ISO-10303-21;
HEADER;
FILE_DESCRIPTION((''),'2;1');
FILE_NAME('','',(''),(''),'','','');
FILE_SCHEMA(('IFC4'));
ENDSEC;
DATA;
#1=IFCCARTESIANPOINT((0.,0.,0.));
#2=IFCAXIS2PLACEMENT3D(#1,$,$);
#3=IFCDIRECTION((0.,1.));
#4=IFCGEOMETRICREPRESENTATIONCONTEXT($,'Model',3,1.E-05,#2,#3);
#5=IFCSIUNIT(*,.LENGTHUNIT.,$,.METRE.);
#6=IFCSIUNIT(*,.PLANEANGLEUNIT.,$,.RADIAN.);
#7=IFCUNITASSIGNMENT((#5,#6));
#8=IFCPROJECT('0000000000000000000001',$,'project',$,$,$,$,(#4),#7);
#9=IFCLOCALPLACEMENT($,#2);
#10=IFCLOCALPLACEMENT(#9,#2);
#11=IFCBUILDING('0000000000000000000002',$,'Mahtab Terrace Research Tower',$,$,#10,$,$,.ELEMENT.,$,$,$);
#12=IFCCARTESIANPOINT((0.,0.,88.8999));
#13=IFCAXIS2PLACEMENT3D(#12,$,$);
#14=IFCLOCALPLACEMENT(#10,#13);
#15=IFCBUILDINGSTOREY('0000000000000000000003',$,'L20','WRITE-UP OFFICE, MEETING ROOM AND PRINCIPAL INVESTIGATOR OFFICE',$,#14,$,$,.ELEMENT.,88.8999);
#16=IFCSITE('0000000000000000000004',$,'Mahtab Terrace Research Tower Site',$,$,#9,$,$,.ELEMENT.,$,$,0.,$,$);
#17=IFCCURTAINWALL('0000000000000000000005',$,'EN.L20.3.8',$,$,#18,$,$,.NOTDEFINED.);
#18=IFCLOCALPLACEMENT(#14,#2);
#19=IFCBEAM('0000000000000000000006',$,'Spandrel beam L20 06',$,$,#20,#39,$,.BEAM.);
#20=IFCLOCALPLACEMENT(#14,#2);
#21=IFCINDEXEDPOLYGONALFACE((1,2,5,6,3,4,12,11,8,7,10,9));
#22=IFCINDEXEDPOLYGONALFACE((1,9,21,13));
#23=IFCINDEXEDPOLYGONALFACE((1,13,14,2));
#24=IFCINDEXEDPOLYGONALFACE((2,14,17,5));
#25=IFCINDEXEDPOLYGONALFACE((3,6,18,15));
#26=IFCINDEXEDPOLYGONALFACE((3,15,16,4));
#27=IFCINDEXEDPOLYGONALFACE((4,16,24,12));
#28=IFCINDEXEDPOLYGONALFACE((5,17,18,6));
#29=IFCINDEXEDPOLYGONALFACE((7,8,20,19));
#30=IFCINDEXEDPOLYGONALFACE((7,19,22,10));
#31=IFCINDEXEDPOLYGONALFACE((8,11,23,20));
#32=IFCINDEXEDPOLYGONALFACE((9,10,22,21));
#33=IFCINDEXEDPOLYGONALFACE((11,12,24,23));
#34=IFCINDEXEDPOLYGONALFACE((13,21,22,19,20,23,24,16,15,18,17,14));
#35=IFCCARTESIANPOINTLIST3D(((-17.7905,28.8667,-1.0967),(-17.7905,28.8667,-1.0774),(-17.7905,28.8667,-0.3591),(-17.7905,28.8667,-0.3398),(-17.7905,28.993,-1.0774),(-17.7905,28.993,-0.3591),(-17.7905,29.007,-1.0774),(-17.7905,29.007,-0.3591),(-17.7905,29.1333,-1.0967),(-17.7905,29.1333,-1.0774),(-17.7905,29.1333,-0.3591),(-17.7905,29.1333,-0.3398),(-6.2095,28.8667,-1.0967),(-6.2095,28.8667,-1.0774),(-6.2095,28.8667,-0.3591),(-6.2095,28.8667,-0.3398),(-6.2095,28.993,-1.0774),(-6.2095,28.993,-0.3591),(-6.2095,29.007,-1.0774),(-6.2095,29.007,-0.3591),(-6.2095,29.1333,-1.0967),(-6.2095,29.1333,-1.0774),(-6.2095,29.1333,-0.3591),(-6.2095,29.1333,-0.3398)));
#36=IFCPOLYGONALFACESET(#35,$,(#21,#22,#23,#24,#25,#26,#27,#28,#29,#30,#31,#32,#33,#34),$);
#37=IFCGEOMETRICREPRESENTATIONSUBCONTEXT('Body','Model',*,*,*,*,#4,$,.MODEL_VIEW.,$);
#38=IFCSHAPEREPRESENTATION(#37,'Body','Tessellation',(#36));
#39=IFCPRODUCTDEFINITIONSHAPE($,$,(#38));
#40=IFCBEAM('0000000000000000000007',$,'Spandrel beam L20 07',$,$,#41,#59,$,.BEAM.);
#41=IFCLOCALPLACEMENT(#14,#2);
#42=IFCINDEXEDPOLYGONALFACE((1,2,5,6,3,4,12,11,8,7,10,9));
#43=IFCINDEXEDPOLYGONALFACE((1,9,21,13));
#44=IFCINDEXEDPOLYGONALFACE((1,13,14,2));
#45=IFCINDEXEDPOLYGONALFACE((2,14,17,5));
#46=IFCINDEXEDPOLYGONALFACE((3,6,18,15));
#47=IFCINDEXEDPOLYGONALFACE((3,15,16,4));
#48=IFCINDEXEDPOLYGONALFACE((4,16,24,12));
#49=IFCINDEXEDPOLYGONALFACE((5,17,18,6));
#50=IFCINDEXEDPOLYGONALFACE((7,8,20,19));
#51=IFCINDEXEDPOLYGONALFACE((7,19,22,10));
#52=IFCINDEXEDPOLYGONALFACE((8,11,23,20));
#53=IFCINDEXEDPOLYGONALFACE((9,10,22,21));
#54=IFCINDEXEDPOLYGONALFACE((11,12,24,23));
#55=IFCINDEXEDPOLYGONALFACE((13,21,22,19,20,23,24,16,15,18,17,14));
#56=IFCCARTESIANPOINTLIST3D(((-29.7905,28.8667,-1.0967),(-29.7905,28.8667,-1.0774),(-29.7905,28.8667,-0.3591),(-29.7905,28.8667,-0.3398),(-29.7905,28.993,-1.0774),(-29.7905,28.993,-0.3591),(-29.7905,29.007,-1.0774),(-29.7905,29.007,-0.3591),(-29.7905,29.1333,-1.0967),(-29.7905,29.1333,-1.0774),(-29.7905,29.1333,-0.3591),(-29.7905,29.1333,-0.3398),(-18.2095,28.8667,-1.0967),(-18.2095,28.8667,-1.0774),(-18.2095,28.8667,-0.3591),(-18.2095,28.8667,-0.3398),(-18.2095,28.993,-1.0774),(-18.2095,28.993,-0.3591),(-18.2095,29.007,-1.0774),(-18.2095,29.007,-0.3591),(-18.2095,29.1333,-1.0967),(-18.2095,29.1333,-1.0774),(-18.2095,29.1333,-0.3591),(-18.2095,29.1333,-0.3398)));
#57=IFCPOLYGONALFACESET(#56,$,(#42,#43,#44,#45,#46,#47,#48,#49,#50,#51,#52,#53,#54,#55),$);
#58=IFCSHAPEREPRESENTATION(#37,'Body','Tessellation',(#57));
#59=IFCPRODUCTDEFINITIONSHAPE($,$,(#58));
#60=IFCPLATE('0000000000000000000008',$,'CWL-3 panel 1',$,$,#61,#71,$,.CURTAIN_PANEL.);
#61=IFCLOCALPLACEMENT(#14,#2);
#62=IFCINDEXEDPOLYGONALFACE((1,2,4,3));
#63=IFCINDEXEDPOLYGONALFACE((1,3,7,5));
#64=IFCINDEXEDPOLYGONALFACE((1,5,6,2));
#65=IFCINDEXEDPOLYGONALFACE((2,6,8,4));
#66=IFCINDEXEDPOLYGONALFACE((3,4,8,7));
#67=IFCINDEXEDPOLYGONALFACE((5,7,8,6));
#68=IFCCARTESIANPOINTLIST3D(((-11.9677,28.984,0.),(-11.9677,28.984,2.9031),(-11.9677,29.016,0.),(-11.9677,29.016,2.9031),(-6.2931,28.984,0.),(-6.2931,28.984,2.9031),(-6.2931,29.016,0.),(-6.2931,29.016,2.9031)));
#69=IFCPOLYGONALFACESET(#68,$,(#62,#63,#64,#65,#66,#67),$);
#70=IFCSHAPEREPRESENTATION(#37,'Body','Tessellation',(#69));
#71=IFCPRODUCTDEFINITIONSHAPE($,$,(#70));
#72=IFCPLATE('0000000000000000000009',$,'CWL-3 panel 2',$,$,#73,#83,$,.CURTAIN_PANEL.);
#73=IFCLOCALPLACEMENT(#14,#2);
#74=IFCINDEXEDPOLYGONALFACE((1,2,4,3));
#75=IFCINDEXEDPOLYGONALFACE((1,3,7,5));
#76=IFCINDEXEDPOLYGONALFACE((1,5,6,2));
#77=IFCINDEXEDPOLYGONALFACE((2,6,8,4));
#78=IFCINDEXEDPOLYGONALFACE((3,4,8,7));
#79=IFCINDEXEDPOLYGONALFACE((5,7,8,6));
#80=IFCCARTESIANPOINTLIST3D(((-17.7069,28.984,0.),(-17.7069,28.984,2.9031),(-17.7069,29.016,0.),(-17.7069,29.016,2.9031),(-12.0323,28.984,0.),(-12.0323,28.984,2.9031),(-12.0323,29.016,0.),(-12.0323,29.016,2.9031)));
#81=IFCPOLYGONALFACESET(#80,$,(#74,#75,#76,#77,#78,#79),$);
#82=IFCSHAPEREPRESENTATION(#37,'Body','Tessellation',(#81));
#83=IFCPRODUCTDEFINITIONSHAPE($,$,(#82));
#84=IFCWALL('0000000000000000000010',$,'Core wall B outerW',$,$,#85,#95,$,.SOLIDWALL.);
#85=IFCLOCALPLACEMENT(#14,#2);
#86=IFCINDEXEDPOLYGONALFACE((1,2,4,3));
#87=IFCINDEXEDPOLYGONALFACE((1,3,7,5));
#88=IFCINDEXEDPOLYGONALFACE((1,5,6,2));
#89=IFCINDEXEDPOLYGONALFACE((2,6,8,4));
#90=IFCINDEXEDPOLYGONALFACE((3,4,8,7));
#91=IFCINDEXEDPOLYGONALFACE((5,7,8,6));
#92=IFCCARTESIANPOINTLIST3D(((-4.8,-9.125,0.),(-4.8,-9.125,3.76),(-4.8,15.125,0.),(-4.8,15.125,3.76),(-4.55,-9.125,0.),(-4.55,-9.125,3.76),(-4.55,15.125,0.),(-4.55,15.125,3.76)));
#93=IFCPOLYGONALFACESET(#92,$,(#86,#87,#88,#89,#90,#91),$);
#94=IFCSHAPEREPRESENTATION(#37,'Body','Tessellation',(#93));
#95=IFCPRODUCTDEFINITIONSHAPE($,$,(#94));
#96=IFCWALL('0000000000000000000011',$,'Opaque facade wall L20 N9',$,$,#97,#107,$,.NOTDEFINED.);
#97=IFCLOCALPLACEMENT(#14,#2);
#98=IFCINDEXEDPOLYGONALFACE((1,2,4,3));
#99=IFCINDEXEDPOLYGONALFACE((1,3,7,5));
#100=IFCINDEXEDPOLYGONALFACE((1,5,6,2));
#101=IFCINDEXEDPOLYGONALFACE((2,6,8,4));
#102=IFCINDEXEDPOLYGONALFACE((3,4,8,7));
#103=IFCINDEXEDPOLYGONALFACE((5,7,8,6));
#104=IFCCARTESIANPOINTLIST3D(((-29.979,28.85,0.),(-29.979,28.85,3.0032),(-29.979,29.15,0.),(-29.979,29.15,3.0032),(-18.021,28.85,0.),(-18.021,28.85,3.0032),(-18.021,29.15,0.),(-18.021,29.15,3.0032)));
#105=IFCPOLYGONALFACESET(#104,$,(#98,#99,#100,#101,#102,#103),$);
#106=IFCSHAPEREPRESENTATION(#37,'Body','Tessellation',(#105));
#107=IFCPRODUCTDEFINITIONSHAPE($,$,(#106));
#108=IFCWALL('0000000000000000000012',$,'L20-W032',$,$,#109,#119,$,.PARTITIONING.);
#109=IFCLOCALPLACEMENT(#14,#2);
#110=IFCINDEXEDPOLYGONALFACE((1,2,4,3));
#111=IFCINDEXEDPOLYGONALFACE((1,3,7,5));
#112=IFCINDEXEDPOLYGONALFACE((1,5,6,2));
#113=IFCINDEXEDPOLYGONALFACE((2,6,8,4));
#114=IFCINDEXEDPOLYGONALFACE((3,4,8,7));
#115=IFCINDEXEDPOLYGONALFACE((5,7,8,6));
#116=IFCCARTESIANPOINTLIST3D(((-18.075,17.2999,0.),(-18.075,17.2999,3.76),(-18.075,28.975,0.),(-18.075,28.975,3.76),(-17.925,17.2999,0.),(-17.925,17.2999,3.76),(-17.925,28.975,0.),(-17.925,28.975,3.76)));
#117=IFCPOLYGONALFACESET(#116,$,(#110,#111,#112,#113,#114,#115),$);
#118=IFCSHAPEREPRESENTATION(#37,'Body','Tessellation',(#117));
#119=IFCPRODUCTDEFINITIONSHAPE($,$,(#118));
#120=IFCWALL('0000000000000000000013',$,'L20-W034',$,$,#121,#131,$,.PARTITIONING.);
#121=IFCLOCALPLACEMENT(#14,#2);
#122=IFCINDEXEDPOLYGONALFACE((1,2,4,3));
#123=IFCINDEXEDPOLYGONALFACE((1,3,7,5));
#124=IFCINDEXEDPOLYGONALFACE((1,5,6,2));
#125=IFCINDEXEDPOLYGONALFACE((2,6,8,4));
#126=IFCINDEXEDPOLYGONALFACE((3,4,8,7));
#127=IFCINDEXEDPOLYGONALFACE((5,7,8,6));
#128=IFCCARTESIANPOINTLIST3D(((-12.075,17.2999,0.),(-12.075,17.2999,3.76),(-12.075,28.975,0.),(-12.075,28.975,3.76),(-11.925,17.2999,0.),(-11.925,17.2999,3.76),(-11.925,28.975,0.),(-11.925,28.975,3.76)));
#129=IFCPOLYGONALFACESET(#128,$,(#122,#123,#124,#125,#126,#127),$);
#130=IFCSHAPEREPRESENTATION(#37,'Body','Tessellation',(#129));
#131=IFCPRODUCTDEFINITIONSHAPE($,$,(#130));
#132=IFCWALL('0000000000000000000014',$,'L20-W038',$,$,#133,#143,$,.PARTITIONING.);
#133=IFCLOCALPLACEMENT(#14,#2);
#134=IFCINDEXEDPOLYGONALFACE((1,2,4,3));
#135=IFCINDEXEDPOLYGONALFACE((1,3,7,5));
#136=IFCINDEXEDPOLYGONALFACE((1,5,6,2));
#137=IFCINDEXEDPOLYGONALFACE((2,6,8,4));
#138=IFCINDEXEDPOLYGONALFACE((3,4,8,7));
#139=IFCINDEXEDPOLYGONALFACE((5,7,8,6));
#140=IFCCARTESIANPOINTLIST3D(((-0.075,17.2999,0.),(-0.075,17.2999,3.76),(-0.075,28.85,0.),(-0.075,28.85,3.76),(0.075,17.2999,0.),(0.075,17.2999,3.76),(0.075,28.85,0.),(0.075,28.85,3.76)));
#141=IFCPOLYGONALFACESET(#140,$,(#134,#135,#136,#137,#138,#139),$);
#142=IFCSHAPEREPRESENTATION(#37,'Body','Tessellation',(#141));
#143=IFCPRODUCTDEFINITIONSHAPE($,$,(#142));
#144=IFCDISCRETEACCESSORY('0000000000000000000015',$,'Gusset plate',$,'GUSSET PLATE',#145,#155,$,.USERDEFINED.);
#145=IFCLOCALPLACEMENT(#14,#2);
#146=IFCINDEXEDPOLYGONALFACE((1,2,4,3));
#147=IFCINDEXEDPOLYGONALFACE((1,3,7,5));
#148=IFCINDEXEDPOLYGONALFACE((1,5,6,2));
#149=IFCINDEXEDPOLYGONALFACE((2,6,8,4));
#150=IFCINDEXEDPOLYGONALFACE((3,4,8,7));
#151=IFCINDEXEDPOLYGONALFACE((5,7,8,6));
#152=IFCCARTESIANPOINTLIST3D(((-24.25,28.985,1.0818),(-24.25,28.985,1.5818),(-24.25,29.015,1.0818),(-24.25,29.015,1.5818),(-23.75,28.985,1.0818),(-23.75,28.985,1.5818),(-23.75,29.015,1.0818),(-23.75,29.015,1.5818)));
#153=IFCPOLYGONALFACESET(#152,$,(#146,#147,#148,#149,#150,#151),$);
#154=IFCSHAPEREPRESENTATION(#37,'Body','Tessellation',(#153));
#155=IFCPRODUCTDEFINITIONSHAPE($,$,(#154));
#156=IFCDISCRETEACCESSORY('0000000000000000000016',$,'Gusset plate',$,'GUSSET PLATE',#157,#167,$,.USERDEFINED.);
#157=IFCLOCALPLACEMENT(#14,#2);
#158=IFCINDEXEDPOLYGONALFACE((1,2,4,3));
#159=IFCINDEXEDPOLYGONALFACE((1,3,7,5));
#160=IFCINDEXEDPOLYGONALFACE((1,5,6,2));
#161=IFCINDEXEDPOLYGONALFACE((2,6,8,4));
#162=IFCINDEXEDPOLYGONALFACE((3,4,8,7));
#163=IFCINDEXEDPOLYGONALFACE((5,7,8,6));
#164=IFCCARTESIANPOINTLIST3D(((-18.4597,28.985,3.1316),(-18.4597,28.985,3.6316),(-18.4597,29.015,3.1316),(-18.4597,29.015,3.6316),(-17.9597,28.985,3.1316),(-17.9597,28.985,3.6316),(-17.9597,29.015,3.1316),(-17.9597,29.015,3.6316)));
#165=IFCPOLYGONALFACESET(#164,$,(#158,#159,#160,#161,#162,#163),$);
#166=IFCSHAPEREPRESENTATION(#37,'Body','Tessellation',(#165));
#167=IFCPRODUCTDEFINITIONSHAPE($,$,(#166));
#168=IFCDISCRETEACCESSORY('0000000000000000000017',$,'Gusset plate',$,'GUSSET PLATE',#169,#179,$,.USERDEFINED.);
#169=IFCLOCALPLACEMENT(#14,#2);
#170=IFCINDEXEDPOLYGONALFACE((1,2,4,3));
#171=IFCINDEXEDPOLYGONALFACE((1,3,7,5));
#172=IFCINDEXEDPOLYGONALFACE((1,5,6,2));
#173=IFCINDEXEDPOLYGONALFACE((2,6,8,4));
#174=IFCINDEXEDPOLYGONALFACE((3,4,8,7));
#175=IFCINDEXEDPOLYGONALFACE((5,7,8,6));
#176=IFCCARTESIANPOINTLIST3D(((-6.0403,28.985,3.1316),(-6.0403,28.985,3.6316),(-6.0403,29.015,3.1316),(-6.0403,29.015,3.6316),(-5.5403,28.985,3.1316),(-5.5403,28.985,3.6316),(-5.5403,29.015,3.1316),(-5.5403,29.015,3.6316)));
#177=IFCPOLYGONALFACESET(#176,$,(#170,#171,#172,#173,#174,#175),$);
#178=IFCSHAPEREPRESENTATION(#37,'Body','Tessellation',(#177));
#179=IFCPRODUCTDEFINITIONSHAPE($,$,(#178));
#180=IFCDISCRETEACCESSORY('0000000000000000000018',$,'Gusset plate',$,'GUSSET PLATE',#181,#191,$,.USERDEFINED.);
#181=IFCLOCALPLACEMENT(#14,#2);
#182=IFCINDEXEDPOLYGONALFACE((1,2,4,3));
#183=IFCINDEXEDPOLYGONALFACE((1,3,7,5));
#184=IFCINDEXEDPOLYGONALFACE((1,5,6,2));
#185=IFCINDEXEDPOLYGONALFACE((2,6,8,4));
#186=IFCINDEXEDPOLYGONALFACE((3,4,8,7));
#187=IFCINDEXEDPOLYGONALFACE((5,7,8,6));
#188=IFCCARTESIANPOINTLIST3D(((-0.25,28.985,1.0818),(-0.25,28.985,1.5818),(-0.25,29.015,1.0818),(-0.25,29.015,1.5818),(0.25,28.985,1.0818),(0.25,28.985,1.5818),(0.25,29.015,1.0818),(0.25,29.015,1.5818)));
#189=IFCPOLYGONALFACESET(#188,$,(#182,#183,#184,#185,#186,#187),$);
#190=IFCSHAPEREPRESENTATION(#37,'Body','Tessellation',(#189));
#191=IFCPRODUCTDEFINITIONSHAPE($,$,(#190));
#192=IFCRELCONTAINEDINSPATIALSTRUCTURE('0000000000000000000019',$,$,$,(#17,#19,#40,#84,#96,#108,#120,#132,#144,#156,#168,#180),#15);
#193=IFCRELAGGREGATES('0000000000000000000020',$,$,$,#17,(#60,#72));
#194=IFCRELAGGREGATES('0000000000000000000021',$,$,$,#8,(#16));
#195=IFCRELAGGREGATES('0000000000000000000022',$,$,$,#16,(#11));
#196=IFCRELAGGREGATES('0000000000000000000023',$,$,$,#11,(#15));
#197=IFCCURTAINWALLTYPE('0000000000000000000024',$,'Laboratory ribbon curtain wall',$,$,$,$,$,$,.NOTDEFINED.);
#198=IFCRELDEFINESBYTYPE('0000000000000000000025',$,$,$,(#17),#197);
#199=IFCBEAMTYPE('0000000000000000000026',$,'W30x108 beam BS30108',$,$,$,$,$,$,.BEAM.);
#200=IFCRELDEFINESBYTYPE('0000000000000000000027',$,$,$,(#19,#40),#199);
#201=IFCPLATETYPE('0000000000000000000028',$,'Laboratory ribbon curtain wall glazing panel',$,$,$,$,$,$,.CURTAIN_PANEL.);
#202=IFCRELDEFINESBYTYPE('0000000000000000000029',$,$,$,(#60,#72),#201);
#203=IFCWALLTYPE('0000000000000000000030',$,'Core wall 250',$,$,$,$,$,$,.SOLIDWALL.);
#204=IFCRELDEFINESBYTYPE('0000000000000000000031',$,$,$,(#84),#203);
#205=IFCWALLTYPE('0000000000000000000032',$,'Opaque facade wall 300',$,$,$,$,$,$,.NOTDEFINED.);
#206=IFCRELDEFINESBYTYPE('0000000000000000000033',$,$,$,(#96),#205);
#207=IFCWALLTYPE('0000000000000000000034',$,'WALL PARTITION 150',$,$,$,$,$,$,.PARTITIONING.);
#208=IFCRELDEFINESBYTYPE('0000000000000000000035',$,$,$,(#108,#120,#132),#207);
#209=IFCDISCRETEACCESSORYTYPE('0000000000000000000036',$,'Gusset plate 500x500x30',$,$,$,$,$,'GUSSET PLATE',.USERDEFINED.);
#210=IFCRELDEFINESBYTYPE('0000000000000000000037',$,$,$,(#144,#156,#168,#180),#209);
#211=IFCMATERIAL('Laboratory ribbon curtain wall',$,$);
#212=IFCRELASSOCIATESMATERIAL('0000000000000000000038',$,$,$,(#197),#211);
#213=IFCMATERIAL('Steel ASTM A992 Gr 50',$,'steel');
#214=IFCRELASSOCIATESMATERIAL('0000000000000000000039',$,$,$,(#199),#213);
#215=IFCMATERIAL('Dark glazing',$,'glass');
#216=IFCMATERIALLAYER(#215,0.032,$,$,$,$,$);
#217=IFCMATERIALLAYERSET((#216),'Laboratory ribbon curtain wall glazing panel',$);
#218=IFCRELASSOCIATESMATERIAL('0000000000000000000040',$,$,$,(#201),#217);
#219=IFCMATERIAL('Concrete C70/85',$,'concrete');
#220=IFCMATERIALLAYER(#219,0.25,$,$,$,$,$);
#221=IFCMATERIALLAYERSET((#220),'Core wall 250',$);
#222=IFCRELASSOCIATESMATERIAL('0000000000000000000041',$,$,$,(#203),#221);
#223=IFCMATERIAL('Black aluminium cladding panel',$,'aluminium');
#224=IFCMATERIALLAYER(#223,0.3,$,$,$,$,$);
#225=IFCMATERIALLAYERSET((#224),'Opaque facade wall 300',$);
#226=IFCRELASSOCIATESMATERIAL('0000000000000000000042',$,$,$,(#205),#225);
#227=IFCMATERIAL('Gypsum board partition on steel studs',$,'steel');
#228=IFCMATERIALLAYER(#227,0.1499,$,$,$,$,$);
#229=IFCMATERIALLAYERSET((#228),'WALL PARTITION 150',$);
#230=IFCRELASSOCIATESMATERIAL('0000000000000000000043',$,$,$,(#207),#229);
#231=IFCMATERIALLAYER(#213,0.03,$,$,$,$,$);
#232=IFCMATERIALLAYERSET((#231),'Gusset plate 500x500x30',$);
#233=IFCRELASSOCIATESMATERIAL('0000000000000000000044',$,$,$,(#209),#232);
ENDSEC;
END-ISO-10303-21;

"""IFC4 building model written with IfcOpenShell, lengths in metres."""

from ifc_helpers import new_model, si_unit, direction, frame, frame_2d, origin, origin_2d, place, context, subcontext, project, spatial, rectangle, i_section, extrude, material, layer, layer_set, material_profile, profile_set, type_object, element, aggregate, save


model = new_model("IFC4")

# Units and contexts
model_context = context("Model", 3, precision=1e-05, world=origin(), true_north=direction((0.0, 1.0)))
body_context = subcontext(model_context, "Body", "Model", "MODEL_VIEW")
ifc_project = project(units=[si_unit("LENGTHUNIT", "METRE"), si_unit("PLANEANGLEUNIT", "RADIAN")], contexts=[model_context])

# Site, building, storey
site_placement = place(None, origin())
site = spatial("IfcSite", under=ifc_project, at=site_placement, Name="Mahtab Terrace Research Tower Site", CompositionType="ELEMENT", RefElevation=0.0)
building_placement = place(site_placement, origin())
building = spatial("IfcBuilding", under=site, at=building_placement, Name="Mahtab Terrace Research Tower", CompositionType="ELEMENT")
storey_placement = place(building_placement, frame((0.0, 0.0, 88.8999)))
storey = spatial("IfcBuildingStorey", under=building, at=storey_placement, Name="L20", Description="WRITE-UP OFFICE, MEETING ROOM AND PRINCIPAL INVESTIGATOR OFFICE", CompositionType="ELEMENT", Elevation=88.8999)

# Shared definitions
ifc_material_1 = material(Name="Steel ASTM A992 Gr 50", Category="steel")

# Curtain wall
ifc_material_2 = material(Name="Laboratory ribbon curtain wall")
curtain_wall_type = type_object("IfcCurtainWallType", Name="Laboratory ribbon curtain wall", PredefinedType="NOTDEFINED", material=ifc_material_2)
curtain_wall_placement = place(storey_placement, origin())
curtain_wall = element("IfcCurtainWall", 1, at=curtain_wall_placement, inside=storey, type_object=curtain_wall_type, Name="EN.L20.3.8", PredefinedType="NOTDEFINED")

# Beams
ifc_material_profile_1 = material_profile(ifc_material_1, i_section(OverallWidth=0.2666, OverallDepth=0.7568, WebThickness=0.0139, FlangeThickness=0.0193, at=origin_2d()), Name="W30X108")
ifc_profile_set_1 = profile_set([ifc_material_profile_1], Name="Steel ASTM A992 Gr 50")
beam_type = type_object("IfcBeamType", Name="W30x108 beam BS30108", PredefinedType="BEAM", material=ifc_profile_set_1)
for number, where, z_axis, x_axis, name in (
    (2, (-6.2095, 29.0, -0.7183), (-1.0, 0.0, 0.0), (0.0, -1.0, 0.0), "Spandrel beam L20 06"),
    (3, (-18.2095, 29.0, -0.7183), (-1.0, 0.0, 0.0), (0.0, -1.0, 0.0), "Spandrel beam L20 07"),
):
    element("IfcBeam", number, at=place(storey_placement, frame(where, z_axis=z_axis, x_axis=x_axis)), inside=storey, type_object=beam_type, Name=name, PredefinedType="BEAM", context=body_context, shape_type="SweptSolid", body=[
        extrude(i_section(OverallWidth=0.2666, OverallDepth=0.7568, WebThickness=0.0139, FlangeThickness=0.0193, at=origin_2d()), origin(), (0.0, 0.0, 1.0), 11.5811),
    ])

# Plates
ifc_material_3 = material(Name="Dark glazing", Category="glass")
ifc_layer_1 = layer(ifc_material_3, 0.032)
ifc_layer_set_1 = layer_set([ifc_layer_1], Name="Laboratory ribbon curtain wall glazing panel")
plate_type = type_object("IfcPlateType", Name="Laboratory ribbon curtain wall glazing panel", PredefinedType="CURTAIN_PANEL", material=ifc_layer_set_1)
plate_1_placement = place(storey_placement, frame((-9.1304, 29.0, 0.0), z_axis=(0.0, 0.0, 1.0), x_axis=(-1.0, 0.0, 0.0)))
plate_1 = element("IfcPlate", 4, at=plate_1_placement, type_object=plate_type, Name="CWL-3 panel 1", PredefinedType="CURTAIN_PANEL", context=body_context, shape_type="SweptSolid", body=[
    extrude(rectangle(XDim=5.6746, YDim=0.032, at=origin_2d()), origin(), (0.0, 0.0, 1.0), 2.9031),
])
plate_2_placement = place(storey_placement, frame((-14.8696, 29.0, 0.0), z_axis=(0.0, 0.0, 1.0), x_axis=(-1.0, 0.0, 0.0)))
plate_2 = element("IfcPlate", 5, at=plate_2_placement, type_object=plate_type, Name="CWL-3 panel 2", PredefinedType="CURTAIN_PANEL", context=body_context, shape_type="SweptSolid", body=[
    extrude(rectangle(XDim=5.6746, YDim=0.032, at=origin_2d()), origin(), (0.0, 0.0, 1.0), 2.9031),
])
aggregate(curtain_wall, [plate_1, plate_2])

# Walls
ifc_material_4 = material(Name="Concrete C70/85", Category="concrete")
ifc_layer_2 = layer(ifc_material_4, 0.25)
ifc_layer_set_2 = layer_set([ifc_layer_2], Name="Core wall 250")
wall_type_1 = type_object("IfcWallType", Name="Core wall 250", PredefinedType="SOLIDWALL", material=ifc_layer_set_2)
wall_1_placement = place(storey_placement, frame((-4.675, 15.125, 0.0), z_axis=(0.0, 0.0, 1.0), x_axis=(0.0, -1.0, 0.0)))
element("IfcWall", 6, at=wall_1_placement, inside=storey, type_object=wall_type_1, Name="Core wall B outerW", PredefinedType="SOLIDWALL", context=body_context, shape_type="SweptSolid", body=[
    extrude(rectangle(XDim=24.25, YDim=0.25, at=frame_2d((12.125, 0.0))), origin(), (0.0, 0.0, 1.0), 3.76),
])
ifc_material_5 = material(Name="Black aluminium cladding panel", Category="aluminium")
ifc_layer_3 = layer(ifc_material_5, 0.3)
ifc_layer_set_3 = layer_set([ifc_layer_3], Name="Opaque facade wall 300")
wall_type_2 = type_object("IfcWallType", Name="Opaque facade wall 300", PredefinedType="NOTDEFINED", material=ifc_layer_set_3)
wall_2_placement = place(storey_placement, frame((-18.021, 29.0, 0.0), z_axis=(0.0, 0.0, 1.0), x_axis=(-1.0, 0.0, 0.0)))
element("IfcWall", 7, at=wall_2_placement, inside=storey, type_object=wall_type_2, Name="Opaque facade wall L20 N9", PredefinedType="NOTDEFINED", context=body_context, shape_type="SweptSolid", body=[
    extrude(rectangle(XDim=11.958, YDim=0.3, at=frame_2d((5.979, 0.0))), origin(), (0.0, 0.0, 1.0), 3.0032),
])
ifc_material_6 = material(Name="Gypsum board partition on steel studs", Category="steel")
ifc_layer_4 = layer(ifc_material_6, 0.1499)
ifc_layer_set_4 = layer_set([ifc_layer_4], Name="WALL PARTITION 150")
wall_type_3 = type_object("IfcWallType", Name="WALL PARTITION 150", PredefinedType="PARTITIONING", material=ifc_layer_set_4)
for number, where, z_axis, x_axis, name in (
    (8, (-18.0, 17.3, 0.0), (0.0, 0.0, 1.0), (0.0, 1.0, 0.0), "L20-W032"),
    (9, (-12.0, 17.3, 0.0), (0.0, 0.0, 1.0), (0.0, 1.0, 0.0), "L20-W034"),
):
    element("IfcWall", number, at=place(storey_placement, frame(where, z_axis=z_axis, x_axis=x_axis)), inside=storey, type_object=wall_type_3, Name=name, PredefinedType="PARTITIONING", context=body_context, shape_type="SweptSolid", body=[
        extrude(rectangle(XDim=11.675, YDim=0.1499, at=frame_2d((5.8374, 0.0))), origin(), (0.0, 0.0, 1.0), 3.76),
    ])
wall_3_placement = place(storey_placement, frame((0.0, 17.3, 0.0), z_axis=(0.0, 0.0, 1.0), x_axis=(0.0, 1.0, 0.0)))
element("IfcWall", 10, at=wall_3_placement, inside=storey, type_object=wall_type_3, Name="L20-W038", PredefinedType="PARTITIONING", context=body_context, shape_type="SweptSolid", body=[
    extrude(rectangle(XDim=11.55, YDim=0.1499, at=frame_2d((5.7749, 0.0))), origin(), (0.0, 0.0, 1.0), 3.76),
])

# Discrete accessories
ifc_layer_5 = layer(ifc_material_1, 0.03)
ifc_layer_set_5 = layer_set([ifc_layer_5], Name="Gusset plate 500x500x30")
discrete_accessory_type = type_object("IfcDiscreteAccessoryType", Name="Gusset plate 500x500x30", ElementType="GUSSET PLATE", PredefinedType="USERDEFINED", material=ifc_layer_set_5)
for number, where, z_axis, x_axis, name in (
    (11, (-24.0, 29.0, 1.0818), (0.0, 0.0, 1.0), (1.0, 0.0, 0.0), "Gusset plate"),
    (12, (-18.2097, 29.0, 3.1316), (0.0, 0.0, 1.0), (1.0, 0.0, 0.0), "Gusset plate"),
    (13, (-5.7903, 29.0, 3.1316), (0.0, 0.0, 1.0), (1.0, 0.0, 0.0), "Gusset plate"),
    (14, (0.0, 29.0, 1.0818), (0.0, 0.0, 1.0), (1.0, 0.0, 0.0), "Gusset plate"),
):
    element("IfcDiscreteAccessory", number, at=place(storey_placement, frame(where, z_axis=z_axis, x_axis=x_axis)), inside=storey, type_object=discrete_accessory_type, Name=name, ObjectType="GUSSET PLATE", PredefinedType="USERDEFINED", context=body_context, shape_type="SweptSolid", body=[
        extrude(rectangle(XDim=0.5, YDim=0.03, at=origin_2d()), origin(), (0.0, 0.0, 1.0), 0.5),
    ])

save(model, "model.ifc")
